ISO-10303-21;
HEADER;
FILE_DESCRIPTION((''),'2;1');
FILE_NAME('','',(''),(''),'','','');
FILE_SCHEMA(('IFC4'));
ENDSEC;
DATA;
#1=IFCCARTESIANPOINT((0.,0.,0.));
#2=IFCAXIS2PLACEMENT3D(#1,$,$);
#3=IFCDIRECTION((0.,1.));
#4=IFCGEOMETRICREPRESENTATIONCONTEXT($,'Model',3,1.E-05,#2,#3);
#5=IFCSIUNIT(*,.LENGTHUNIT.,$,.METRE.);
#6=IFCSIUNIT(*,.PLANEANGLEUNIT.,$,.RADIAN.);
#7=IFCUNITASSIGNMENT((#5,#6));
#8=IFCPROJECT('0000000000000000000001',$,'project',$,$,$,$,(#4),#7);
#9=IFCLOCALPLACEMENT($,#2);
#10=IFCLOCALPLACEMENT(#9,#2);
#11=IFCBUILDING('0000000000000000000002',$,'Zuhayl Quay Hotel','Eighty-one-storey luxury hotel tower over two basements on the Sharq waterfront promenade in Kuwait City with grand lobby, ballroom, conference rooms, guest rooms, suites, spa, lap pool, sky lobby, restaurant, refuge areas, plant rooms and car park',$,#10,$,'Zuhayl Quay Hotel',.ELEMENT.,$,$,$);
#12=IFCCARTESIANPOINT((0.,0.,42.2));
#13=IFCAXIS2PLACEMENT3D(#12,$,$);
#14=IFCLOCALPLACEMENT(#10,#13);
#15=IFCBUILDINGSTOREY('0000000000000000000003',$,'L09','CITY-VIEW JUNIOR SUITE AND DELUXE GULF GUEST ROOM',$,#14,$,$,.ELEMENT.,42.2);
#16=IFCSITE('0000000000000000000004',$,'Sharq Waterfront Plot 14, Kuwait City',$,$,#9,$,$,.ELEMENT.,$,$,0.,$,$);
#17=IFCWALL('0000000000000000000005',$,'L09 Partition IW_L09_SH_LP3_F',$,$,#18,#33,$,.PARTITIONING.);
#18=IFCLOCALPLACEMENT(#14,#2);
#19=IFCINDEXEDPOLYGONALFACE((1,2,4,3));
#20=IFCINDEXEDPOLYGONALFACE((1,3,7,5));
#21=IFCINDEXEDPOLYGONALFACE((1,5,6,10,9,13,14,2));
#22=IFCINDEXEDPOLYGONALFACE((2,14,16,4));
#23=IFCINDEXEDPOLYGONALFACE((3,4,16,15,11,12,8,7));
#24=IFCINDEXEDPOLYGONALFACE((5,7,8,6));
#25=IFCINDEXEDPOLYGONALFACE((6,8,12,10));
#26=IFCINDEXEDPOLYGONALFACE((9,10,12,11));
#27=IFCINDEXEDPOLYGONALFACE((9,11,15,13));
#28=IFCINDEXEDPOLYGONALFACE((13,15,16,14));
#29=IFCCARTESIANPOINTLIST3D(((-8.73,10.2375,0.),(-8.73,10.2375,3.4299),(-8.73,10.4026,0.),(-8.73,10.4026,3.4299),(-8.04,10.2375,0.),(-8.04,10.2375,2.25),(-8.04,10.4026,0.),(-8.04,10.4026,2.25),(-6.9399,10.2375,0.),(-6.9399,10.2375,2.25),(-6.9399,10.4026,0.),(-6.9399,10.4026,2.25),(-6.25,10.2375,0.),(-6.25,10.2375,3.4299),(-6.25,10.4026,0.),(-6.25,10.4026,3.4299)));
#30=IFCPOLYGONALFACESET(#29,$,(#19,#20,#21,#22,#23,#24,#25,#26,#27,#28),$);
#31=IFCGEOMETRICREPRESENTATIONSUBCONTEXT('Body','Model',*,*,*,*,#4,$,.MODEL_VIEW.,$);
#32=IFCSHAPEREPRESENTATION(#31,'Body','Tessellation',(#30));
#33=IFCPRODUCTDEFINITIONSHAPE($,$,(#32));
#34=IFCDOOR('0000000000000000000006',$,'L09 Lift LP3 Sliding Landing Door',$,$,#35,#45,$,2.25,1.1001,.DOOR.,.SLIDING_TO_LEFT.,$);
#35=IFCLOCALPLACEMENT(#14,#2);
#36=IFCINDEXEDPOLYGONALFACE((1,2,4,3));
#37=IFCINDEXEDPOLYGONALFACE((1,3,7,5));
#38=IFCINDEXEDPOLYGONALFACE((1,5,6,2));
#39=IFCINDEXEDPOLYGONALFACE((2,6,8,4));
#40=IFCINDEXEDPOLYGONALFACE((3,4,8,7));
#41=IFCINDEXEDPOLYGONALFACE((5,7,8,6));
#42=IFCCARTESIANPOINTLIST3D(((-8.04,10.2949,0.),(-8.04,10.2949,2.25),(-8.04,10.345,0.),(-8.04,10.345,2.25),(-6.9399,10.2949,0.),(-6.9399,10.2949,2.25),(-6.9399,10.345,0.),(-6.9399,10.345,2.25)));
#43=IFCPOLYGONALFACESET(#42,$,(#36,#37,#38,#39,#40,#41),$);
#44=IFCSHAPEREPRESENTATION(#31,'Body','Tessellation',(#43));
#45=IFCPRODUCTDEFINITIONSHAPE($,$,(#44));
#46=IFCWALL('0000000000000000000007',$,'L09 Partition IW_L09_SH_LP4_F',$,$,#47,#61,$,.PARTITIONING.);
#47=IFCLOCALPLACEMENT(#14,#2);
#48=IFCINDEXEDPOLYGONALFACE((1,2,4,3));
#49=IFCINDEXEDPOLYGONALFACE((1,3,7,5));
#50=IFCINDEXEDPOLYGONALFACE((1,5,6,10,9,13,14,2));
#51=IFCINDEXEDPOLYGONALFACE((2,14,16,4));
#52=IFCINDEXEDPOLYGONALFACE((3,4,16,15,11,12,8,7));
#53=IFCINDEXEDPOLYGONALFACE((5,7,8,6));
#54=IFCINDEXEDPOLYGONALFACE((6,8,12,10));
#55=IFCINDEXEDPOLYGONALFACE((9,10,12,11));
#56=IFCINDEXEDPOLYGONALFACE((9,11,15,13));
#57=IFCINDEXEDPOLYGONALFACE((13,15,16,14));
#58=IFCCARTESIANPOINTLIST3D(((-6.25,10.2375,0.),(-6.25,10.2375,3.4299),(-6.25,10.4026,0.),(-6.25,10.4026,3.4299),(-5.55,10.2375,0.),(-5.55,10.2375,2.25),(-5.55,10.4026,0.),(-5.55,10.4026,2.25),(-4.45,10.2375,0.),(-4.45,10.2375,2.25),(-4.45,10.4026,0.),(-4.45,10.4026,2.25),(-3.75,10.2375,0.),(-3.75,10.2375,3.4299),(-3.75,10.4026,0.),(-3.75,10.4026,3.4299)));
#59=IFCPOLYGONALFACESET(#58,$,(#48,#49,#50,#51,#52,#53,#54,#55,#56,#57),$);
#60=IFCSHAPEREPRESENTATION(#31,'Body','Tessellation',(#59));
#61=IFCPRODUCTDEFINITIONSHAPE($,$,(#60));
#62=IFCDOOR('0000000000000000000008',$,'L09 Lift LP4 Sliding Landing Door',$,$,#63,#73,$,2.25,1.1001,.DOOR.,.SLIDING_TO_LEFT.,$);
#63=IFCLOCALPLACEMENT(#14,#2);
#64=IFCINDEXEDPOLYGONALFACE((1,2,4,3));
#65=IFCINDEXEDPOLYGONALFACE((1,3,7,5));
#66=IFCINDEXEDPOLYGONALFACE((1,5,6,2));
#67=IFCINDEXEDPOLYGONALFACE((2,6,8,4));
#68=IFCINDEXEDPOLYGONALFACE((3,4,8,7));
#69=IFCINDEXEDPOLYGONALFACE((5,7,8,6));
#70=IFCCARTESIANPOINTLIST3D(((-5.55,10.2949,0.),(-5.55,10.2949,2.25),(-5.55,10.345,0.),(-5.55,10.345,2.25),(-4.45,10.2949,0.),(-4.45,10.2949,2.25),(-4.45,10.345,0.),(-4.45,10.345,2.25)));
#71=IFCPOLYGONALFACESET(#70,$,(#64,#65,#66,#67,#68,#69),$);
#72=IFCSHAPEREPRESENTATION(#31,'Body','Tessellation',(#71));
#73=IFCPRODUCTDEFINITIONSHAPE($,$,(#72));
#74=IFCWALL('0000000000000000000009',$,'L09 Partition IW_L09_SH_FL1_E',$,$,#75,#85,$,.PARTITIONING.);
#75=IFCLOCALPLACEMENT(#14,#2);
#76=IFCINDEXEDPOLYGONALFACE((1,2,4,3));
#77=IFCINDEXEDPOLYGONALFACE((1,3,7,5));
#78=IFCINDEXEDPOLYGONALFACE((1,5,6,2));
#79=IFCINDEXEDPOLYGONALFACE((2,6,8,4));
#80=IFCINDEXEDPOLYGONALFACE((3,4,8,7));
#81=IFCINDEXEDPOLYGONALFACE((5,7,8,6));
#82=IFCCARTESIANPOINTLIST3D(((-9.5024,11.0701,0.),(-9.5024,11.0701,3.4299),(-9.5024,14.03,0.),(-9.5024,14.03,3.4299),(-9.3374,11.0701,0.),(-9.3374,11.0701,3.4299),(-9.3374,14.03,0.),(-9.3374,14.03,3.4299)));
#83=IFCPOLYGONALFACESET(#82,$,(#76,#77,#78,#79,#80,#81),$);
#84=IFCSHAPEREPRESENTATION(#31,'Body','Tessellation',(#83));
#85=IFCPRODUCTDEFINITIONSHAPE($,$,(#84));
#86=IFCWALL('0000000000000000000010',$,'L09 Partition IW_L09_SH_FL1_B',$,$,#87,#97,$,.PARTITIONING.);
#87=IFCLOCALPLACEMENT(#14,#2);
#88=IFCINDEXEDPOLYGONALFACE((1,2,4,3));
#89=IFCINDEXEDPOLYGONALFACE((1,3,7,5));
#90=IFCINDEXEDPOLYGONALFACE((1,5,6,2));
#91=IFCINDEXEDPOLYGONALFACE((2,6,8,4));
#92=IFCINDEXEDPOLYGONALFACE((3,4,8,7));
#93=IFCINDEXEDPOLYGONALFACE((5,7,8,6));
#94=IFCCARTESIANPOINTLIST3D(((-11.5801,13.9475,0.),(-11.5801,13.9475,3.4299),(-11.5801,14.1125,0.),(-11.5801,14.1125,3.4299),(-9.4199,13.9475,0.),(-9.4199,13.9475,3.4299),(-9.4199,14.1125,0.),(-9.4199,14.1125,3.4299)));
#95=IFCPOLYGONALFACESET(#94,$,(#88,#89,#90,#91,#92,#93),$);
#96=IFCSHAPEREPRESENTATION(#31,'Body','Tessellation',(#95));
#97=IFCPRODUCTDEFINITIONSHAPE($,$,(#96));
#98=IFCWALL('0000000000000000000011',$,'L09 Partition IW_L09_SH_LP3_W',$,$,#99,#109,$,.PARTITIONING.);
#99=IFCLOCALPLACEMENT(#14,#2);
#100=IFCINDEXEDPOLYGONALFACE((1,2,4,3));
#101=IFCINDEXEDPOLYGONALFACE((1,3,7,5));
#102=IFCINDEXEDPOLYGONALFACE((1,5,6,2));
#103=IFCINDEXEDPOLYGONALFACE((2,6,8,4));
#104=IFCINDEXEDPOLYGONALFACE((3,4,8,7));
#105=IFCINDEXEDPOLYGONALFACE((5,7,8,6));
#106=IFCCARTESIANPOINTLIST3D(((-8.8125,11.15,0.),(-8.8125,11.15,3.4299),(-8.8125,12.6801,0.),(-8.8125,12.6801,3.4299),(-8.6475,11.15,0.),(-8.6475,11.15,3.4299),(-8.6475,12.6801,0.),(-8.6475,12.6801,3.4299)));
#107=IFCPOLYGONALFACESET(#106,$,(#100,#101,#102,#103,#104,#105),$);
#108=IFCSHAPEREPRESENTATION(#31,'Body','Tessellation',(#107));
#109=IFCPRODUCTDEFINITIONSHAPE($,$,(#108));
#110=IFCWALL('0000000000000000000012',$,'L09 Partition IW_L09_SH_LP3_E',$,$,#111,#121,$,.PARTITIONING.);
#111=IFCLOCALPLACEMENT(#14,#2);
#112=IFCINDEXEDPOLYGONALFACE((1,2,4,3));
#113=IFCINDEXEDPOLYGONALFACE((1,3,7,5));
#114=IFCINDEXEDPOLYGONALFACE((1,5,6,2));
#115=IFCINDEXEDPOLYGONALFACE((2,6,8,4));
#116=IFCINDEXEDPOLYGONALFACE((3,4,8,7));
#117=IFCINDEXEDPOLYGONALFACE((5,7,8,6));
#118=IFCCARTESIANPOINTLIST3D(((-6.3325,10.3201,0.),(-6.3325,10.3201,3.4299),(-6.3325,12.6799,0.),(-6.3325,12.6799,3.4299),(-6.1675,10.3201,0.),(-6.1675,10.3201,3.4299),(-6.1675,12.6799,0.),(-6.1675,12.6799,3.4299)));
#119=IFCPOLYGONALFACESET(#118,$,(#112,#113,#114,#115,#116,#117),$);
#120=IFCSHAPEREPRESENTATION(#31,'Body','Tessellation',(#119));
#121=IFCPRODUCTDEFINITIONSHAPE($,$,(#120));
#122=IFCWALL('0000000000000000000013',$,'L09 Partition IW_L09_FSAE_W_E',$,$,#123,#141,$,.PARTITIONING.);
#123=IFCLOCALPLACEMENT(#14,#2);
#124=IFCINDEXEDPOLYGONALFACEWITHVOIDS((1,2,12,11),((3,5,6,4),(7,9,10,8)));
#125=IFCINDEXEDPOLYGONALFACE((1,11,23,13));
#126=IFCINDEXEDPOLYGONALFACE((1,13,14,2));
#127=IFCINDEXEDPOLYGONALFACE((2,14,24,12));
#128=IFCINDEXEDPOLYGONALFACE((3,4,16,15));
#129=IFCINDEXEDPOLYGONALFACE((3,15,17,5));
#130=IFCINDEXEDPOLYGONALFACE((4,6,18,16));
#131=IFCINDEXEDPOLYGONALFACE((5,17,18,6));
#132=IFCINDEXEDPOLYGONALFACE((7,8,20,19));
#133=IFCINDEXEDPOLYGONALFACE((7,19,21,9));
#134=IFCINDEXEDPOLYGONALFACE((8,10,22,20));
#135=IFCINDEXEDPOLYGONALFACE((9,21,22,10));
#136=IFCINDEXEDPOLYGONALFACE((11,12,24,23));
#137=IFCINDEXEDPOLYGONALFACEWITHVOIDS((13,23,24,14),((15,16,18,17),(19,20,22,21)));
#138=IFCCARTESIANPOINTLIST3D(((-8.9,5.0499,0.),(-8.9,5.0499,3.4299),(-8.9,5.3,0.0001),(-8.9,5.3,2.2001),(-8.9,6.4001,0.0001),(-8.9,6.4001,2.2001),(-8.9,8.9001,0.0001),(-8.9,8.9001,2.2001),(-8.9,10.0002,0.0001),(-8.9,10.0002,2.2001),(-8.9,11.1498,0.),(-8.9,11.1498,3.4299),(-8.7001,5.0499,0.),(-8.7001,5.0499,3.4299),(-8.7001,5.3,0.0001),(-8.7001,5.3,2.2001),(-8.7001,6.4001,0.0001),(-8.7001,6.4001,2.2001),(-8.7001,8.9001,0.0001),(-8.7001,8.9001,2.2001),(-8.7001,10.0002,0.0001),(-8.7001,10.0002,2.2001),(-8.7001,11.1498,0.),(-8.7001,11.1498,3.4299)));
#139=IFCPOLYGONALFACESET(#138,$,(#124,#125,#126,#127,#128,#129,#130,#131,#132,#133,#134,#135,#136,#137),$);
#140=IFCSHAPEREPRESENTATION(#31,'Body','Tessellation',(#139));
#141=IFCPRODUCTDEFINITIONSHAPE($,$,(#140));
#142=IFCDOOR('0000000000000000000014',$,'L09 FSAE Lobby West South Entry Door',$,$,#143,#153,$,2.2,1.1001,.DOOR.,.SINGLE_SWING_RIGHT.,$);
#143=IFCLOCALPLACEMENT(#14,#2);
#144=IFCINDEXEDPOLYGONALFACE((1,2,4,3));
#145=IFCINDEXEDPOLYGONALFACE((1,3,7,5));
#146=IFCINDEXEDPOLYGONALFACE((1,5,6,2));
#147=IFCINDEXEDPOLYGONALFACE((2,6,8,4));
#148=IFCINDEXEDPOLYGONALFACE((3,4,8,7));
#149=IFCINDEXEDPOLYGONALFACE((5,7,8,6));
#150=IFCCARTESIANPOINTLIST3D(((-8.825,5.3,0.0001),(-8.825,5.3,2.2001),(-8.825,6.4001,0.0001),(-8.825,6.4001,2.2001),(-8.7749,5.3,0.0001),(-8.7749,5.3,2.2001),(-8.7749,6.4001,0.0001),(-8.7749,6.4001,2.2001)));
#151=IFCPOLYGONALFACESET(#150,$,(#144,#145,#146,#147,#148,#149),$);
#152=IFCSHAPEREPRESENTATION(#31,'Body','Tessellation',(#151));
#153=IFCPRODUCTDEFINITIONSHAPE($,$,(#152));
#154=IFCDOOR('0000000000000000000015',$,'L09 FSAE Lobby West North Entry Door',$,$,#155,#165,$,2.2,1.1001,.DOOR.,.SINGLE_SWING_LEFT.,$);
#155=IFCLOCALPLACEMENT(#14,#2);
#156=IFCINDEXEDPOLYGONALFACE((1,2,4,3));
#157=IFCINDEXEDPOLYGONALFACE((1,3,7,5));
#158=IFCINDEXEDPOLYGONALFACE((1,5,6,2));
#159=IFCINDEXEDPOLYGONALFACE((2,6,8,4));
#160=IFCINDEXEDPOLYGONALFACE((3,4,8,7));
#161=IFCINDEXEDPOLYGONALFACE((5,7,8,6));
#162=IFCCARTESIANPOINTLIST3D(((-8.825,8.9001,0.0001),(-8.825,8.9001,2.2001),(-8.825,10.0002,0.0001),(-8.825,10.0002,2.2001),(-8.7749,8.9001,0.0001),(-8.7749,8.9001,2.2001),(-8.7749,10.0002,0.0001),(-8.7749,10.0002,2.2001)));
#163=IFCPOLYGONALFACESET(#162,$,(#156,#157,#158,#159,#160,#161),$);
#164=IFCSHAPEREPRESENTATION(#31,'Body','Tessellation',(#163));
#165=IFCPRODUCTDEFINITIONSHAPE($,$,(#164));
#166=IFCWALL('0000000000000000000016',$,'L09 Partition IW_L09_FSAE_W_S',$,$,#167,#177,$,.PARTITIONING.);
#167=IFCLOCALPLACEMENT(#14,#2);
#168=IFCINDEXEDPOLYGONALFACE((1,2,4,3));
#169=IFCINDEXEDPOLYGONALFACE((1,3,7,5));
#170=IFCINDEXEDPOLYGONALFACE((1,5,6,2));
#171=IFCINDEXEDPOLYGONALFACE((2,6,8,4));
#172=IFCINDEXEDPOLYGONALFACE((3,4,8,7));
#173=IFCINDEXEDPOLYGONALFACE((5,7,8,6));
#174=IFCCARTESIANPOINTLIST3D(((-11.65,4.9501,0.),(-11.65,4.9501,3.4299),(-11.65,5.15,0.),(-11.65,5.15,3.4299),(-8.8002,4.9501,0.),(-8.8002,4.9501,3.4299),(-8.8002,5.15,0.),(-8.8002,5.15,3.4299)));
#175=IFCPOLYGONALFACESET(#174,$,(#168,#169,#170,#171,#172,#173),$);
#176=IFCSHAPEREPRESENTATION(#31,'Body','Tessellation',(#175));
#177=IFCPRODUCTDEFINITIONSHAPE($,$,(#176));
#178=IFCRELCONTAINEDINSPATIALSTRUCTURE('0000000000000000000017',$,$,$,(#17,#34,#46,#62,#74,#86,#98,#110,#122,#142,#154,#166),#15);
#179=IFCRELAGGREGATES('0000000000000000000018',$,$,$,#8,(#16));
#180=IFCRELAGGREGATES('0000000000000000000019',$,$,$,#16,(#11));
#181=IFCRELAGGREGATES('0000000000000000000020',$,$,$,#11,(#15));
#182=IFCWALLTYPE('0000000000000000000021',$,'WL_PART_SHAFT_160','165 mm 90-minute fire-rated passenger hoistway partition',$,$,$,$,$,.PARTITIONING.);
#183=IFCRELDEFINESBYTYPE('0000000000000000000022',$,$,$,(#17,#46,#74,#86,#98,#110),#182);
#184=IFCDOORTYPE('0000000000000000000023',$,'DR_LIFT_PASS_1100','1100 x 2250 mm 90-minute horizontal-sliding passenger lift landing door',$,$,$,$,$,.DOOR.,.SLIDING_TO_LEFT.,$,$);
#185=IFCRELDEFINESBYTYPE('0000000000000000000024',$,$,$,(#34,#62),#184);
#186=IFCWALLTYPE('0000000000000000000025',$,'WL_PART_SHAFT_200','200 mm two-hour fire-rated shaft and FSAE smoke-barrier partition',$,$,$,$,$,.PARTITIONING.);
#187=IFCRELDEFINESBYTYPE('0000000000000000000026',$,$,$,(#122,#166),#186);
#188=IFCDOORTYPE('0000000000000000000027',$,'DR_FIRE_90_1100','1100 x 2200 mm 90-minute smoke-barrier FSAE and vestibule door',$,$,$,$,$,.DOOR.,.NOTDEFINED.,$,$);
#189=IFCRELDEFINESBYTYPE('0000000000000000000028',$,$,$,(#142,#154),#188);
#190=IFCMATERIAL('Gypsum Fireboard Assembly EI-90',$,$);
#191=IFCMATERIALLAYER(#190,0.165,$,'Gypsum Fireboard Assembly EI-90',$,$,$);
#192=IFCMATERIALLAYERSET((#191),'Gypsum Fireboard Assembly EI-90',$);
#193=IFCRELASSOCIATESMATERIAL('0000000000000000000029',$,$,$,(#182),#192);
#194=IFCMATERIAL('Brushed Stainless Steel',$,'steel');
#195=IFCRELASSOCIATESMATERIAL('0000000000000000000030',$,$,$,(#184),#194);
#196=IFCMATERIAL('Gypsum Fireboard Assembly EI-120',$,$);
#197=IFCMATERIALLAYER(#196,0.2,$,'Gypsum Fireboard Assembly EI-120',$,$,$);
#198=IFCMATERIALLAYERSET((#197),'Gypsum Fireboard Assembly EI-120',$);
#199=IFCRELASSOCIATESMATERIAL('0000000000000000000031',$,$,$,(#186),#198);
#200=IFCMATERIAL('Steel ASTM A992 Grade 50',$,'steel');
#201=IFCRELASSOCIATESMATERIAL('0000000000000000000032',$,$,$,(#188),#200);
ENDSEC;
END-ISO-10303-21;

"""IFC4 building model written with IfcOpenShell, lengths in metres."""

from ifc_helpers import new_model, si_unit, direction, frame, frame_2d, origin, place, context, subcontext, project, spatial, rectangle, extrude, material, layer, layer_set, type_object, element, fill, save


model = new_model("IFC4")

# Units and contexts
model_context = context("Model", 3, precision=1e-05, world=origin(), true_north=direction((0.0, 1.0)))
body_context = subcontext(model_context, "Body", "Model", "MODEL_VIEW")
ifc_project = project(units=[si_unit("LENGTHUNIT", "METRE"), si_unit("PLANEANGLEUNIT", "RADIAN")], contexts=[model_context])

# Site, building, storey
site_placement = place(None, origin())
site = spatial("IfcSite", under=ifc_project, at=site_placement, Name="Sharq Waterfront Plot 14, Kuwait City", CompositionType="ELEMENT", RefElevation=0.0)
building_placement = place(site_placement, origin())
building = spatial("IfcBuilding", under=site, at=building_placement, Name="Zuhayl Quay Hotel", Description="Eighty-one-storey luxury hotel tower over two basements on the Sharq waterfront promenade in Kuwait City with grand lobby, ballroom, conference rooms, guest rooms, suites, spa, lap pool, sky lobby, restaurant, refuge areas, plant rooms and car park", LongName="Zuhayl Quay Hotel", CompositionType="ELEMENT")
storey_placement = place(building_placement, frame((0.0, 0.0, 42.2)))
storey = spatial("IfcBuildingStorey", under=building, at=storey_placement, Name="L09", Description="CITY-VIEW JUNIOR SUITE AND DELUXE GULF GUEST ROOM", CompositionType="ELEMENT", Elevation=42.2)

# Shared definitions
ifc_material_1 = material(Name="Steel ASTM A992 Grade 50", Category="steel")

# Walls, openings, doors
ifc_material_2 = material(Name="Gypsum Fireboard Assembly EI-90")
ifc_layer_1 = layer(ifc_material_2, 0.165, Name="Gypsum Fireboard Assembly EI-90")
ifc_layer_set_1 = layer_set([ifc_layer_1], Name="Gypsum Fireboard Assembly EI-90")
wall_type_1 = type_object("IfcWallType", Name="WL_PART_SHAFT_160", Description="165 mm 90-minute fire-rated passenger hoistway partition", PredefinedType="PARTITIONING", material=ifc_layer_set_1)
ifc_material_3 = material(Name="Brushed Stainless Steel", Category="steel")
wall_1_placement = place(storey_placement, frame((-8.73, 10.3201, 0.0), z_axis=(0.0, 0.0, 1.0), x_axis=(1.0, 0.0, 0.0)))
wall_1 = element("IfcWall", 1, at=wall_1_placement, inside=storey, type_object=wall_type_1, Name="L09 Partition IW_L09_SH_LP3_F", PredefinedType="PARTITIONING", context=body_context, shape_type="SweptSolid", body=[
    extrude(rectangle(XDim=2.48, YDim=0.165, at=frame_2d((1.24, 0.0))), origin(), (0.0, 0.0, 1.0), 3.4299),
])
opening_1_placement = place(wall_1_placement, frame((0.6899, 0.0, 0.0)))
opening_1 = element("IfcOpeningElement", 2, at=opening_1_placement, cuts=wall_1, PredefinedType="OPENING", context=body_context, shape_type="SweptSolid", body=[
    extrude(rectangle(XDim=1.1001, YDim=2.25, at=frame_2d((0.55, 1.125))), frame((0.0, 0.0925, 0.0), z_axis=(0.0, -1.0, 0.0), x_axis=(1.0, 0.0, 0.0)), (0.0, 0.0, 1.0), 0.1851),
])
door_type_1 = type_object("IfcDoorType", Name="DR_LIFT_PASS_1100", Description="1100 x 2250 mm 90-minute horizontal-sliding passenger lift landing door", OperationType="SLIDING_TO_LEFT", PredefinedType="DOOR", material=ifc_material_3)
door_1_placement = place(opening_1_placement, origin())
door_1 = element("IfcDoor", 3, at=door_1_placement, inside=storey, type_object=door_type_1, Name="L09 Lift LP3 Sliding Landing Door", OperationType="SLIDING_TO_LEFT", OverallHeight=2.25, OverallWidth=1.1001, PredefinedType="DOOR", context=body_context, shape_type="SweptSolid", body=[
    extrude(rectangle(XDim=1.1001, YDim=2.25, at=frame_2d((0.55, 1.125))), frame((0.0, 0.0249, 0.0), z_axis=(0.0, -1.0, 0.0), x_axis=(1.0, 0.0, 0.0)), (0.0, 0.0, 1.0), 0.05),
])
fill(opening_1, door_1)
wall_2_placement = place(storey_placement, frame((-6.25, 10.3201, 0.0), z_axis=(0.0, 0.0, 1.0), x_axis=(1.0, 0.0, 0.0)))
wall_2 = element("IfcWall", 4, at=wall_2_placement, inside=storey, type_object=wall_type_1, Name="L09 Partition IW_L09_SH_LP4_F", PredefinedType="PARTITIONING", context=body_context, shape_type="SweptSolid", body=[
    extrude(rectangle(XDim=2.5, YDim=0.165, at=frame_2d((1.25, 0.0))), origin(), (0.0, 0.0, 1.0), 3.4299),
])
opening_2_placement = place(wall_2_placement, frame((0.7, 0.0, 0.0)))
opening_2 = element("IfcOpeningElement", 5, at=opening_2_placement, cuts=wall_2, PredefinedType="OPENING", context=body_context, shape_type="SweptSolid", body=[
    extrude(rectangle(XDim=1.1001, YDim=2.25, at=frame_2d((0.55, 1.125))), frame((0.0, 0.0925, 0.0), z_axis=(0.0, -1.0, 0.0), x_axis=(1.0, 0.0, 0.0)), (0.0, 0.0, 1.0), 0.1851),
])
door_2_placement = place(opening_2_placement, origin())
door_2 = element("IfcDoor", 6, at=door_2_placement, inside=storey, type_object=door_type_1, Name="L09 Lift LP4 Sliding Landing Door", OperationType="SLIDING_TO_LEFT", OverallHeight=2.25, OverallWidth=1.1001, PredefinedType="DOOR", context=body_context, shape_type="SweptSolid", body=[
    extrude(rectangle(XDim=1.1001, YDim=2.25, at=frame_2d((0.55, 1.125))), frame((0.0, 0.0249, 0.0), z_axis=(0.0, -1.0, 0.0), x_axis=(1.0, 0.0, 0.0)), (0.0, 0.0, 1.0), 0.05),
])
fill(opening_2, door_2)

# Walls
wall_3_placement = place(storey_placement, frame((-9.4199, 11.0701, 0.0), z_axis=(0.0, 0.0, 1.0), x_axis=(0.0, 1.0, 0.0)))
element("IfcWall", 7, at=wall_3_placement, inside=storey, type_object=wall_type_1, Name="L09 Partition IW_L09_SH_FL1_E", PredefinedType="PARTITIONING", context=body_context, shape_type="SweptSolid", body=[
    extrude(rectangle(XDim=2.96, YDim=0.165, at=frame_2d((1.48, 0.0))), origin(), (0.0, 0.0, 1.0), 3.4299),
])
wall_4_placement = place(storey_placement, frame((-11.5801, 14.03, 0.0), z_axis=(0.0, 0.0, 1.0), x_axis=(1.0, 0.0, 0.0)))
element("IfcWall", 8, at=wall_4_placement, inside=storey, type_object=wall_type_1, Name="L09 Partition IW_L09_SH_FL1_B", PredefinedType="PARTITIONING", context=body_context, shape_type="SweptSolid", body=[
    extrude(rectangle(XDim=2.1602, YDim=0.165, at=frame_2d((1.0801, 0.0))), origin(), (0.0, 0.0, 1.0), 3.4299),
])
wall_5_placement = place(storey_placement, frame((-8.73, 11.1499, 0.0), z_axis=(0.0, 0.0, 1.0), x_axis=(0.0, 1.0, 0.0)))
element("IfcWall", 9, at=wall_5_placement, inside=storey, type_object=wall_type_1, Name="L09 Partition IW_L09_SH_LP3_W", PredefinedType="PARTITIONING", context=body_context, shape_type="SweptSolid", body=[
    extrude(rectangle(XDim=1.53, YDim=0.165, at=frame_2d((0.7651, 0.0))), origin(), (0.0, 0.0, 1.0), 3.4299),
])
wall_6_placement = place(storey_placement, frame((-6.25, 10.3201, 0.0), z_axis=(0.0, 0.0, 1.0), x_axis=(0.0, 1.0, 0.0)))
element("IfcWall", 10, at=wall_6_placement, inside=storey, type_object=wall_type_1, Name="L09 Partition IW_L09_SH_LP3_E", PredefinedType="PARTITIONING", context=body_context, shape_type="SweptSolid", body=[
    extrude(rectangle(XDim=2.3599, YDim=0.165, at=frame_2d((1.1799, 0.0))), origin(), (0.0, 0.0, 1.0), 3.4299),
])

# Wall, openings, doors
ifc_material_4 = material(Name="Gypsum Fireboard Assembly EI-120")
ifc_layer_2 = layer(ifc_material_4, 0.2, Name="Gypsum Fireboard Assembly EI-120")
ifc_layer_set_2 = layer_set([ifc_layer_2], Name="Gypsum Fireboard Assembly EI-120")
wall_type_2 = type_object("IfcWallType", Name="WL_PART_SHAFT_200", Description="200 mm two-hour fire-rated shaft and FSAE smoke-barrier partition", PredefinedType="PARTITIONING", material=ifc_layer_set_2)
wall_7_placement = place(storey_placement, frame((-8.8, 5.05, 0.0), z_axis=(0.0, 0.0, 1.0), x_axis=(0.0, 1.0, 0.0)))
wall_7 = element("IfcWall", 11, at=wall_7_placement, inside=storey, type_object=wall_type_2, Name="L09 Partition IW_L09_FSAE_W_E", PredefinedType="PARTITIONING", context=body_context, shape_type="SweptSolid", body=[
    extrude(rectangle(XDim=6.0999, YDim=0.2, at=frame_2d((3.0498, 0.0))), origin(), (0.0, 0.0, 1.0), 3.4299),
])
opening_3_placement = place(wall_7_placement, frame((0.25, 0.0, 0.0)))
opening_3 = element("IfcOpeningElement", 12, at=opening_3_placement, cuts=wall_7, PredefinedType="OPENING", context=body_context, shape_type="SweptSolid", body=[
    extrude(rectangle(XDim=1.1001, YDim=2.2, at=frame_2d((0.55, 1.1001))), frame((0.0, 0.1099, 0.0), z_axis=(0.0, -1.0, 0.0), x_axis=(1.0, 0.0, 0.0)), (0.0, 0.0, 1.0), 0.22),
])
opening_4_placement = place(wall_7_placement, frame((3.8501, 0.0, 0.0)))
opening_4 = element("IfcOpeningElement", 13, at=opening_4_placement, cuts=wall_7, PredefinedType="OPENING", context=body_context, shape_type="SweptSolid", body=[
    extrude(rectangle(XDim=1.1001, YDim=2.2, at=frame_2d((0.55, 1.1001))), frame((0.0, 0.1099, 0.0), z_axis=(0.0, -1.0, 0.0), x_axis=(1.0, 0.0, 0.0)), (0.0, 0.0, 1.0), 0.22),
])
door_type_2 = type_object("IfcDoorType", Name="DR_FIRE_90_1100", Description="1100 x 2200 mm 90-minute smoke-barrier FSAE and vestibule door", OperationType="NOTDEFINED", PredefinedType="DOOR", material=ifc_material_1)
door_3_placement = place(opening_3_placement, origin())
door_3 = element("IfcDoor", 14, at=door_3_placement, inside=storey, type_object=door_type_2, Name="L09 FSAE Lobby West South Entry Door", OperationType="SINGLE_SWING_RIGHT", OverallHeight=2.2, OverallWidth=1.1001, PredefinedType="DOOR", context=body_context, shape_type="SweptSolid", body=[
    extrude(rectangle(XDim=1.1001, YDim=2.2, at=frame_2d((0.55, 1.1001))), frame((0.0, 0.0249, 0.0), z_axis=(0.0, -1.0, 0.0), x_axis=(1.0, 0.0, 0.0)), (0.0, 0.0, 1.0), 0.05),
])
fill(opening_3, door_3)
door_4_placement = place(opening_4_placement, origin())
door_4 = element("IfcDoor", 15, at=door_4_placement, inside=storey, type_object=door_type_2, Name="L09 FSAE Lobby West North Entry Door", OperationType="SINGLE_SWING_LEFT", OverallHeight=2.2, OverallWidth=1.1001, PredefinedType="DOOR", context=body_context, shape_type="SweptSolid", body=[
    extrude(rectangle(XDim=1.1001, YDim=2.2, at=frame_2d((0.55, 1.1001))), frame((0.0, 0.0249, 0.0), z_axis=(0.0, -1.0, 0.0), x_axis=(1.0, 0.0, 0.0)), (0.0, 0.0, 1.0), 0.05),
])
fill(opening_4, door_4)

# Wall
wall_8_placement = place(storey_placement, frame((-11.6499, 5.05, 0.0), z_axis=(0.0, 0.0, 1.0), x_axis=(1.0, 0.0, 0.0)))
element("IfcWall", 16, at=wall_8_placement, inside=storey, type_object=wall_type_2, Name="L09 Partition IW_L09_FSAE_W_S", PredefinedType="PARTITIONING", context=body_context, shape_type="SweptSolid", body=[
    extrude(rectangle(XDim=2.8499, YDim=0.2, at=frame_2d((1.4248, 0.0))), origin(), (0.0, 0.0, 1.0), 3.4299),
])

save(model, "model.ifc")
